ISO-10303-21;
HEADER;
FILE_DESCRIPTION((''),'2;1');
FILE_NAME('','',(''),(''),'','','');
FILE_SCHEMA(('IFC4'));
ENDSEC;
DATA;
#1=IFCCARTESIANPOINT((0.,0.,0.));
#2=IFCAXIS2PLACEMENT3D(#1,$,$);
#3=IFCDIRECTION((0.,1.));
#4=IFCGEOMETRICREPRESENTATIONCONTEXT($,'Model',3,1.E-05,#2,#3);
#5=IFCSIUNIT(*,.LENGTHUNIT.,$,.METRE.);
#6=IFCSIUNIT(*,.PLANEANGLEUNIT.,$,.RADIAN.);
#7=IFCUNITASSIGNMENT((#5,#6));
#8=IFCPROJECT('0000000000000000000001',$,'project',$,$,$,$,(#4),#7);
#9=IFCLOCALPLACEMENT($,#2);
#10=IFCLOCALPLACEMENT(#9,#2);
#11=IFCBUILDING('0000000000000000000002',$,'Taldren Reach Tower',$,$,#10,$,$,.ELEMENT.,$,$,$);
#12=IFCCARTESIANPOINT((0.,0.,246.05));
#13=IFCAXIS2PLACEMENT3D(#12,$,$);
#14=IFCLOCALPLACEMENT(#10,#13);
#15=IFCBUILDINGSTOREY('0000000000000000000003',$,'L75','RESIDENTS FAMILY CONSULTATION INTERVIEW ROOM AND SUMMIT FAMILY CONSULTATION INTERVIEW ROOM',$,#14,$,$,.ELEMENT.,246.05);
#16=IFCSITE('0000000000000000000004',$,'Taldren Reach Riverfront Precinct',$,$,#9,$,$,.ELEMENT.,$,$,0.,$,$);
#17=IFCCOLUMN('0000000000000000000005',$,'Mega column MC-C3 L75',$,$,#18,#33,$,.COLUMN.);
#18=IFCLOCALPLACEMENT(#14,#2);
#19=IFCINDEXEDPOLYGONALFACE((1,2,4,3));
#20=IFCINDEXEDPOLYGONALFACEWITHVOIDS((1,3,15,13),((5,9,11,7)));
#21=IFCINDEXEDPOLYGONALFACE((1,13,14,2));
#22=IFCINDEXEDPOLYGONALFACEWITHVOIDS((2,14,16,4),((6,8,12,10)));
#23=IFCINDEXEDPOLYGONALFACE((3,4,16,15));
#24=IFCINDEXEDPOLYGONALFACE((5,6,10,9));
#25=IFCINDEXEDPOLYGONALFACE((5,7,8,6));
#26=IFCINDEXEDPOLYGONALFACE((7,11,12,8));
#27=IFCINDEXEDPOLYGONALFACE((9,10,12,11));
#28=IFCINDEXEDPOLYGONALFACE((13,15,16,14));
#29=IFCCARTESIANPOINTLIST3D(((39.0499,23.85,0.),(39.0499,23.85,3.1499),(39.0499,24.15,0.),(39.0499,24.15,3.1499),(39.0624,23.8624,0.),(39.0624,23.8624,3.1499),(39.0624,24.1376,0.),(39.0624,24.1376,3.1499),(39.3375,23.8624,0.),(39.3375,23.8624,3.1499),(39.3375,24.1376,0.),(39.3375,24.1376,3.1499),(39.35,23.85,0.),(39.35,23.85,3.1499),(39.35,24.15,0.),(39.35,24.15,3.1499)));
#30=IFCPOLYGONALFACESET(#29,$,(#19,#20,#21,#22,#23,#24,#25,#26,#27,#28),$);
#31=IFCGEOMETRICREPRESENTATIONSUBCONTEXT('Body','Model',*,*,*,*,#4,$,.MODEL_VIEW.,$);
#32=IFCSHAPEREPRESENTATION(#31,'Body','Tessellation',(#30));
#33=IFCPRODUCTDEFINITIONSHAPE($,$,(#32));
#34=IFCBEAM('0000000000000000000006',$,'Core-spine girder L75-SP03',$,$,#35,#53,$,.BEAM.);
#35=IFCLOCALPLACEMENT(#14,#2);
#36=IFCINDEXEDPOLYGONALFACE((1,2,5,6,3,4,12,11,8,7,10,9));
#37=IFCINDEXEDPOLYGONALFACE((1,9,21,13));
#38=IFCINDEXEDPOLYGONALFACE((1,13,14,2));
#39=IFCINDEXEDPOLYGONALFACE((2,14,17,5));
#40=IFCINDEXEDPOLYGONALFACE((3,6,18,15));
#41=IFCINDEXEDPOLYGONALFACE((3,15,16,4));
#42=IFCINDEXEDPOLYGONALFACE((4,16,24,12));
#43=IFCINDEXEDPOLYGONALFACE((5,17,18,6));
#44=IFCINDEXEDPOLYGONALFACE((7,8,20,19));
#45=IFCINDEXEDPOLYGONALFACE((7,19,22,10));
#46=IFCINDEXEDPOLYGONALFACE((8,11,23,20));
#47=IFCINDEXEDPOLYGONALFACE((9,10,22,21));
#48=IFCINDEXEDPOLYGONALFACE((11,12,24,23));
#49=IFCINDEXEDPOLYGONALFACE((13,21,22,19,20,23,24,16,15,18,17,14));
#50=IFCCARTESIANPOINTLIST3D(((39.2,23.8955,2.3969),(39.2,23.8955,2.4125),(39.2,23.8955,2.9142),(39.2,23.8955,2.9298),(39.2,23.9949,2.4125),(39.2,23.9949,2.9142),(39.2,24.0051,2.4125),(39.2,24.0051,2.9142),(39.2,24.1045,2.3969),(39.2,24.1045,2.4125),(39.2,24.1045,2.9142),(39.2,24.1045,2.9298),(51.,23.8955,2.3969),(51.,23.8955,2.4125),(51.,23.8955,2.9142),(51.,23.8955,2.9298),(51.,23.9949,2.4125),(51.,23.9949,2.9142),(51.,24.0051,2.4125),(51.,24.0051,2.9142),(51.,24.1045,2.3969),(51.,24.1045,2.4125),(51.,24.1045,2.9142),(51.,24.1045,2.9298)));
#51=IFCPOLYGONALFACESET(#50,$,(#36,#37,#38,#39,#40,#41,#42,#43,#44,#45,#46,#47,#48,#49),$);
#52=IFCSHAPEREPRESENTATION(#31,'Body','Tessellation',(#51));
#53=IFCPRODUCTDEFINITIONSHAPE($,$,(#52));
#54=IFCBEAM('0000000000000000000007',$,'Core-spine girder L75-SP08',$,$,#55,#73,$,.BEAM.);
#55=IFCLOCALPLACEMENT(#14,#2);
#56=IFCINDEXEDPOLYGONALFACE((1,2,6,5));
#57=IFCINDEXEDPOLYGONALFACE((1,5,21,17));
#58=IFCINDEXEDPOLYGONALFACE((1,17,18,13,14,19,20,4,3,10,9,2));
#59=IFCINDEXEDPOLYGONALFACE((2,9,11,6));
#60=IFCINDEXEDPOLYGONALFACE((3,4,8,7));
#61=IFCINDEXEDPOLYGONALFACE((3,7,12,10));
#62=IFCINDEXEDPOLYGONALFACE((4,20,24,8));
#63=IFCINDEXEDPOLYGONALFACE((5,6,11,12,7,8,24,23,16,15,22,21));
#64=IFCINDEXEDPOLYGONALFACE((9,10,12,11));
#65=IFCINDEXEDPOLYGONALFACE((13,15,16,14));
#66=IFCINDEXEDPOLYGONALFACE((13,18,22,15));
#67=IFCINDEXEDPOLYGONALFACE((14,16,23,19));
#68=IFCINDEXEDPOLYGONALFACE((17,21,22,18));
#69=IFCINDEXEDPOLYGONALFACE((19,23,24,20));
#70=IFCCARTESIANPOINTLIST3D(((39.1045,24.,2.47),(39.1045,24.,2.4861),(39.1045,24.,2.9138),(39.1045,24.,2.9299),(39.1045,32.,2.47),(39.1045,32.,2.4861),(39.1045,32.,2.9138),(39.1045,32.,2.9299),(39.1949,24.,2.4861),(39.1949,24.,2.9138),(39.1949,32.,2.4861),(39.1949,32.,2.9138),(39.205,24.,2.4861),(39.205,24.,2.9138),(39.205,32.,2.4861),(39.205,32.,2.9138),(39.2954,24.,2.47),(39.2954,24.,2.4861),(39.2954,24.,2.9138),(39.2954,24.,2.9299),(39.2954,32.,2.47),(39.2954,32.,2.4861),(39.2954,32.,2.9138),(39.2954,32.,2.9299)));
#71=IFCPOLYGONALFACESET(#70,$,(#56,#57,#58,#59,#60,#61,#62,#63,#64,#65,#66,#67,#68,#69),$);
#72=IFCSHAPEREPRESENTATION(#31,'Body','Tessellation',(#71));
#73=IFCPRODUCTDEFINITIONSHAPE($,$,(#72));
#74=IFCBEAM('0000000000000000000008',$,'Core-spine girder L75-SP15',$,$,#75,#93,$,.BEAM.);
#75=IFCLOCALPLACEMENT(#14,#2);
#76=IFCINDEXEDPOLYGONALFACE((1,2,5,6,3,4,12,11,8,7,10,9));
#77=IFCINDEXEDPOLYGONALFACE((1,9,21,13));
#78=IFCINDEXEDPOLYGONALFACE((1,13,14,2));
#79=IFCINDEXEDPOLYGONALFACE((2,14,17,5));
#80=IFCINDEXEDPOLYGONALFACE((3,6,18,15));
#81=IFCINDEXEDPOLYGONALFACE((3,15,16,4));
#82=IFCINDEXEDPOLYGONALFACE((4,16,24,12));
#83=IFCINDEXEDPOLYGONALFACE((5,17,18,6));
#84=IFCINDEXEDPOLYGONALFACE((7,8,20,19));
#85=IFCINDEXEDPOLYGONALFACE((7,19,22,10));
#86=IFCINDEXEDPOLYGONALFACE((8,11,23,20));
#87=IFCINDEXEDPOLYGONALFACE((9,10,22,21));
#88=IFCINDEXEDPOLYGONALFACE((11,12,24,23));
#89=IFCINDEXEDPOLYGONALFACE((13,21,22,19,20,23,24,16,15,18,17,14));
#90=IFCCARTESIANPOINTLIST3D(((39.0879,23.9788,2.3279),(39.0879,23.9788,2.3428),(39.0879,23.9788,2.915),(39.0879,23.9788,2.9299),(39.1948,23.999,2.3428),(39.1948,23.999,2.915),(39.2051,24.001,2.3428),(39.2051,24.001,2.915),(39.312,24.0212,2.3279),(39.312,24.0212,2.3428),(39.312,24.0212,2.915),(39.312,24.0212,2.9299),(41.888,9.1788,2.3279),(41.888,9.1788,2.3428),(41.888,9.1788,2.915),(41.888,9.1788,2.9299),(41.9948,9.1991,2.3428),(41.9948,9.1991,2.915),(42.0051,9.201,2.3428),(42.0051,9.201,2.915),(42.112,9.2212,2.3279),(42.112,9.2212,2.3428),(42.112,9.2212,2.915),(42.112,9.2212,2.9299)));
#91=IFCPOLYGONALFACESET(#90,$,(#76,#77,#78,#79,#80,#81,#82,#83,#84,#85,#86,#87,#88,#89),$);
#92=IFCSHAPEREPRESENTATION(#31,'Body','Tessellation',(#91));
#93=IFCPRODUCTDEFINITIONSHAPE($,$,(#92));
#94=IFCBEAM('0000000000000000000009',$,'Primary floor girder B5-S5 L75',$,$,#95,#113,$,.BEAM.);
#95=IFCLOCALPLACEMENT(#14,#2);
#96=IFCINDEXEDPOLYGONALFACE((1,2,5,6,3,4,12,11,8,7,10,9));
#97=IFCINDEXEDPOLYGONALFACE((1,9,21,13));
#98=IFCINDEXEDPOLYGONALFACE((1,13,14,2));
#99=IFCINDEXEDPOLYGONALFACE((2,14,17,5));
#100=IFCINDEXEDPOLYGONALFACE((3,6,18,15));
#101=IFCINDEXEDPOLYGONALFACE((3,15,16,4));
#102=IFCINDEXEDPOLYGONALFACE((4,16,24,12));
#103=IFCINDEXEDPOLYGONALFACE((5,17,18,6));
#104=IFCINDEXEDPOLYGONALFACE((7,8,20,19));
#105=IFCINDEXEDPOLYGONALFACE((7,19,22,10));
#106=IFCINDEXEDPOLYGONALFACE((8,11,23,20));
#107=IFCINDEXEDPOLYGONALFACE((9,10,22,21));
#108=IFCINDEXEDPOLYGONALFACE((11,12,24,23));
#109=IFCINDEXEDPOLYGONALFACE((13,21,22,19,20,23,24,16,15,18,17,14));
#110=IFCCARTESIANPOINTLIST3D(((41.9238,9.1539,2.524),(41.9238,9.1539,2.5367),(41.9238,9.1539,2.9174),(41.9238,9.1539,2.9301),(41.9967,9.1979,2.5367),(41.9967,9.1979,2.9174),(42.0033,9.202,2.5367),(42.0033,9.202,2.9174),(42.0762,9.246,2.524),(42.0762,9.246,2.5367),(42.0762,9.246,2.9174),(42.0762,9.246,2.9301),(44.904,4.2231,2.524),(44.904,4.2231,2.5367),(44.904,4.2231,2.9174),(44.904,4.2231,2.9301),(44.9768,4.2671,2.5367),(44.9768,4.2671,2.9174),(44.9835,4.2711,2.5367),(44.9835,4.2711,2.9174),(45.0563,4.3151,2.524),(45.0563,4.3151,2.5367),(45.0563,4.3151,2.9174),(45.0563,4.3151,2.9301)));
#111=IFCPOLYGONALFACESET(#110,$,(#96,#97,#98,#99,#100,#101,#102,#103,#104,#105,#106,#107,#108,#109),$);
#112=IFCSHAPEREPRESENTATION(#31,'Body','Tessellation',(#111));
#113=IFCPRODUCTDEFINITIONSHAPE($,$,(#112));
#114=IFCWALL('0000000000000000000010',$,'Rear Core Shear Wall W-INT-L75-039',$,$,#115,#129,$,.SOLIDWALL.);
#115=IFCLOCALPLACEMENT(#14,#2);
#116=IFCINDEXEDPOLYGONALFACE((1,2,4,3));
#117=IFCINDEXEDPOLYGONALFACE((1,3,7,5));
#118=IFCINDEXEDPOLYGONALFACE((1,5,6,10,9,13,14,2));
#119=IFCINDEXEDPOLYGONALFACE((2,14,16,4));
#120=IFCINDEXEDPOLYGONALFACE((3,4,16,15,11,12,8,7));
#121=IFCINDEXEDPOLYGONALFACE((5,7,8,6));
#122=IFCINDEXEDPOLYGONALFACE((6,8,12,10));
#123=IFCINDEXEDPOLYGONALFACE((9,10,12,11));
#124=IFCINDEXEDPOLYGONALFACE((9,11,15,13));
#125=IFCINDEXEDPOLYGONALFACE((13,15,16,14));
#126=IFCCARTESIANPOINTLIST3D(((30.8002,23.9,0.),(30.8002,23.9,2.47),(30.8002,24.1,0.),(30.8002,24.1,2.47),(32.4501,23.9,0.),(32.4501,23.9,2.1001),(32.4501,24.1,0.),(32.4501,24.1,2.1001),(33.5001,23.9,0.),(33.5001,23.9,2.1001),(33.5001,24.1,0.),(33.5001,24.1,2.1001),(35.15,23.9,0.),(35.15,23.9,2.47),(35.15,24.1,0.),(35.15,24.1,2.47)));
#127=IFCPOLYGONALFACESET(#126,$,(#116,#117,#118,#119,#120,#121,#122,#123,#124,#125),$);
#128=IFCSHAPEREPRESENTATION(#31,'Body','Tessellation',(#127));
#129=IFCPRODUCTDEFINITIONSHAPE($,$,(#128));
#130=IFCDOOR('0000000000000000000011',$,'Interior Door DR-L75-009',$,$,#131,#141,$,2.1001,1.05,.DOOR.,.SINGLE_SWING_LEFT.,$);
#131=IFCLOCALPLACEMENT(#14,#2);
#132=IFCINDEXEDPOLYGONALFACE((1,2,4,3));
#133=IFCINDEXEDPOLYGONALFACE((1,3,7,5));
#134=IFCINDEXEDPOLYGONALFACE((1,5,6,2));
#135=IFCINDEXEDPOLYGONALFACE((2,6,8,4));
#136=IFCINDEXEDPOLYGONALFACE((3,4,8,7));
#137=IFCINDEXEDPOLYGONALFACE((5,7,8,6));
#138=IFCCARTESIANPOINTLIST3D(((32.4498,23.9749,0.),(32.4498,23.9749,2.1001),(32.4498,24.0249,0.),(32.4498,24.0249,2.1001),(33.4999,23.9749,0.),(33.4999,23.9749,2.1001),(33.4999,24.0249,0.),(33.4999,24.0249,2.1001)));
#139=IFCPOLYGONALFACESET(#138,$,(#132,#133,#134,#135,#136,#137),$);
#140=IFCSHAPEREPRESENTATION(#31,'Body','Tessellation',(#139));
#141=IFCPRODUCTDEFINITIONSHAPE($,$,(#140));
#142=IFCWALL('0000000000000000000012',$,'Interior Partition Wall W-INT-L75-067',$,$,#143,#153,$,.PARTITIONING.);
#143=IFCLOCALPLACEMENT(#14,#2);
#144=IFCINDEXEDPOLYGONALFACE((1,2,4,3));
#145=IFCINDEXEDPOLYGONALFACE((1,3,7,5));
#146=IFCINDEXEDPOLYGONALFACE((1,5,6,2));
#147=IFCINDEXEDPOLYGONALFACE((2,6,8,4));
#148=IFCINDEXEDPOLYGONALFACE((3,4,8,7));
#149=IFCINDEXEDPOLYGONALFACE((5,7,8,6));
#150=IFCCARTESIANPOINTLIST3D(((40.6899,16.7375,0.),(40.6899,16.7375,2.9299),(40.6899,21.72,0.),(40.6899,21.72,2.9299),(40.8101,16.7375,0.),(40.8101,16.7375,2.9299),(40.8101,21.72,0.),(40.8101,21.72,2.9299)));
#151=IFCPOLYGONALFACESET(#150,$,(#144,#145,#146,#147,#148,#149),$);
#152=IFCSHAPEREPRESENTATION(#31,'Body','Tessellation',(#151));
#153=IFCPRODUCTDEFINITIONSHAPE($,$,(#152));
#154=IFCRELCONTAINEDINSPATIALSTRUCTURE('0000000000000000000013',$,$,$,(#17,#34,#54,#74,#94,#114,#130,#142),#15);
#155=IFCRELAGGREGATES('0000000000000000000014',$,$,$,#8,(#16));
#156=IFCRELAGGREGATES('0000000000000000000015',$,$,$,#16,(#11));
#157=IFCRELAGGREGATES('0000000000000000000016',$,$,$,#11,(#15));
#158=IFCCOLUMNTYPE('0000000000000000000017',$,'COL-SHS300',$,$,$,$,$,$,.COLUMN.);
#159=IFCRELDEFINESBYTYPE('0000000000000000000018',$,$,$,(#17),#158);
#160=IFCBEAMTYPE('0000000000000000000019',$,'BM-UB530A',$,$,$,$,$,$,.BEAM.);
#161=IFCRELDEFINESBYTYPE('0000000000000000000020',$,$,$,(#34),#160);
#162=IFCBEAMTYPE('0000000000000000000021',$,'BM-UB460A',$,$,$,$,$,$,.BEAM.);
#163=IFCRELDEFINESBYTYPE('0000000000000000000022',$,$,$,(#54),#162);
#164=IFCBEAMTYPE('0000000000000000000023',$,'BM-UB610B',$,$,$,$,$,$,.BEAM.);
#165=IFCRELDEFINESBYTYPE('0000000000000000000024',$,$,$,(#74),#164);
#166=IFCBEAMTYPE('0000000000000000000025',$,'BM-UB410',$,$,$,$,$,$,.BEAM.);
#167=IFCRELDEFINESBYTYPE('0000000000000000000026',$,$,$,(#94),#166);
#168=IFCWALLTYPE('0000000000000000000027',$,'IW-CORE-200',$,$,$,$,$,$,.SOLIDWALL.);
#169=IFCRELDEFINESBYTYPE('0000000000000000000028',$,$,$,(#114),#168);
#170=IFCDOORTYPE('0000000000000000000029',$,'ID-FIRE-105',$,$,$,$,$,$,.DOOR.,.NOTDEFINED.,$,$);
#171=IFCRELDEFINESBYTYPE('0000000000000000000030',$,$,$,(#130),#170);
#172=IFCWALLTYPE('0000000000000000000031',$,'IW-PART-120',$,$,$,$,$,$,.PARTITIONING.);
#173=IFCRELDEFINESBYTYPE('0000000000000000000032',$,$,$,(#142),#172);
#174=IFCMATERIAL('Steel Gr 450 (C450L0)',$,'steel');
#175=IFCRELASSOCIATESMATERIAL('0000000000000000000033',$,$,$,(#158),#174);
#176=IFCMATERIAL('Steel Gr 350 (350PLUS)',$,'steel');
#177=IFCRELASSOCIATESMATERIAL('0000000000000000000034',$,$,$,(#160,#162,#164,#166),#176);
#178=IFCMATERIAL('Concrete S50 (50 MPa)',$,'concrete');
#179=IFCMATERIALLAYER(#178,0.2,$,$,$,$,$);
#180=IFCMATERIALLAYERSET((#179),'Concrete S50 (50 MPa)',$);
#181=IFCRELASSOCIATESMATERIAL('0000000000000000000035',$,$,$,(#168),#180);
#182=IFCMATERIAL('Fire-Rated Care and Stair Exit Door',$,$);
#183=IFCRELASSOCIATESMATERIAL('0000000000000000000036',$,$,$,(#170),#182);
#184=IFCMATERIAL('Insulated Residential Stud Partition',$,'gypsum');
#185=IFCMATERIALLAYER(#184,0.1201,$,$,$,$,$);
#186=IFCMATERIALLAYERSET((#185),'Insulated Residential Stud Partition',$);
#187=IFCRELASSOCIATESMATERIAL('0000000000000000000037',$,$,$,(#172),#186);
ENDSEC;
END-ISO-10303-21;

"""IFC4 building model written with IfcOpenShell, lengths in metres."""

from ifc_helpers import new_model, si_unit, direction, frame, frame_2d, origin, origin_2d, place, context, subcontext, project, spatial, rectangle, hollow_rectangle, i_section, extrude, source, transform, mapped, material, layer, layer_set, material_profile, profile_set, type_object, element, fill, save


model = new_model("IFC4")

# Units and contexts
model_context = context("Model", 3, precision=1e-05, world=origin(), true_north=direction((0.0, 1.0)))
body_context = subcontext(model_context, "Body", "Model", "MODEL_VIEW")
ifc_project = project(units=[si_unit("LENGTHUNIT", "METRE"), si_unit("PLANEANGLEUNIT", "RADIAN")], contexts=[model_context])

# Site, building, storey
site_placement = place(None, origin())
site = spatial("IfcSite", under=ifc_project, at=site_placement, Name="Taldren Reach Riverfront Precinct", CompositionType="ELEMENT", RefElevation=0.0)
building_placement = place(site_placement, origin())
building = spatial("IfcBuilding", under=site, at=building_placement, Name="Taldren Reach Tower", CompositionType="ELEMENT")
storey_placement = place(building_placement, frame((0.0, 0.0, 246.05)))
storey = spatial("IfcBuildingStorey", under=building, at=storey_placement, Name="L75", Description="RESIDENTS FAMILY CONSULTATION INTERVIEW ROOM AND SUMMIT FAMILY CONSULTATION INTERVIEW ROOM", CompositionType="ELEMENT", Elevation=246.05)

# Column
ifc_material_1 = material(Name="Steel Gr 450 (C450L0)", Category="steel")
ifc_material_profile_1 = material_profile(ifc_material_1, hollow_rectangle(XDim=0.3, YDim=0.3, WallThickness=0.0125, at=origin_2d()), Name="300x300x12.5SHS")
ifc_profile_set_1 = profile_set([ifc_material_profile_1], Name="Steel Gr 450 (C450L0)")
column_type = type_object("IfcColumnType", Name="COL-SHS300", PredefinedType="COLUMN", material=ifc_profile_set_1)
shared_shape_1 = source(origin(), body_context, "Body", "SweptSolid", [
    extrude(hollow_rectangle(XDim=0.3, YDim=0.3, WallThickness=0.0125, at=origin_2d()), origin(), (0.0, 0.0, 1.0), 3.1499),
])
column_placement = place(storey_placement, frame((39.2, 24.0, 0.0), z_axis=(0.0, 0.0, 1.0), x_axis=(1.0, 0.0, 0.0)))
element("IfcColumn", 1, at=column_placement, inside=storey, type_object=column_type, Name="Mega column MC-C3 L75", PredefinedType="COLUMN", context=body_context, shape_type="MappedRepresentation", body=[
    mapped(shared_shape_1, transform((0.0, 0.0, 0.0), scale=1.0)),
])

# Beams
ifc_material_2 = material(Name="Steel Gr 350 (350PLUS)", Category="steel")
ifc_material_profile_2 = material_profile(ifc_material_2, i_section(OverallWidth=0.209, OverallDepth=0.533, WebThickness=0.0103, FlangeThickness=0.0156, at=origin_2d()), Name="530UB92.4")
ifc_profile_set_2 = profile_set([ifc_material_profile_2], Name="Steel Gr 350 (350PLUS)")
beam_type_1 = type_object("IfcBeamType", Name="BM-UB530A", PredefinedType="BEAM", material=ifc_profile_set_2)
shared_shape_2 = source(origin(), body_context, "Body", "SweptSolid", [
    extrude(i_section(OverallWidth=0.209, OverallDepth=0.533, WebThickness=0.0103, FlangeThickness=0.0156, at=origin_2d()), origin(), (0.0, 0.0, 1.0), 11.8),
])
beam_1_placement = place(storey_placement, frame((39.2, 24.0, 2.6633), z_axis=(1.0, 0.0, 0.0), x_axis=(0.0, 1.0, 0.0)))
element("IfcBeam", 2, at=beam_1_placement, inside=storey, type_object=beam_type_1, Name="Core-spine girder L75-SP03", PredefinedType="BEAM", context=body_context, shape_type="MappedRepresentation", body=[
    mapped(shared_shape_2, transform((0.0, 0.0, 0.0), scale=1.0)),
])
ifc_material_profile_3 = material_profile(ifc_material_2, i_section(OverallWidth=0.1909, OverallDepth=0.46, WebThickness=0.01, FlangeThickness=0.0161, at=origin_2d()), Name="460UB82.1")
ifc_profile_set_3 = profile_set([ifc_material_profile_3], Name="Steel Gr 350 (350PLUS)")
beam_type_2 = type_object("IfcBeamType", Name="BM-UB460A", PredefinedType="BEAM", material=ifc_profile_set_3)
shared_shape_3 = source(origin(), body_context, "Body", "SweptSolid", [
    extrude(i_section(OverallWidth=0.1909, OverallDepth=0.46, WebThickness=0.01, FlangeThickness=0.0161, at=origin_2d()), origin(), (0.0, 0.0, 1.0), 8.0),
])
beam_2_placement = place(storey_placement, frame((39.2, 24.0, 2.7), z_axis=(0.0, 1.0, 0.0), x_axis=(-1.0, 0.0, 0.0)))
element("IfcBeam", 3, at=beam_2_placement, inside=storey, type_object=beam_type_2, Name="Core-spine girder L75-SP08", PredefinedType="BEAM", context=body_context, shape_type="MappedRepresentation", body=[
    mapped(shared_shape_3, transform((0.0, 0.0, 0.0), scale=1.0)),
])
ifc_material_profile_4 = material_profile(ifc_material_2, i_section(OverallWidth=0.228, OverallDepth=0.6021, WebThickness=0.0105, FlangeThickness=0.0149, at=origin_2d()), Name="610UB101")
ifc_profile_set_4 = profile_set([ifc_material_profile_4], Name="Steel Gr 350 (350PLUS)")
beam_type_3 = type_object("IfcBeamType", Name="BM-UB610B", PredefinedType="BEAM", material=ifc_profile_set_4)
shared_shape_4 = source(origin(), body_context, "Body", "SweptSolid", [
    extrude(i_section(OverallWidth=0.228, OverallDepth=0.6021, WebThickness=0.0105, FlangeThickness=0.0149, at=origin_2d()), origin(), (0.0, 0.0, 1.0), 15.0625),
])
beam_3_placement = place(storey_placement, frame((39.2, 24.0, 2.6289), z_axis=(0.185894, -0.98257, 0.0), x_axis=(0.98257, 0.185894, 0.0)))
element("IfcBeam", 4, at=beam_3_placement, inside=storey, type_object=beam_type_3, Name="Core-spine girder L75-SP15", PredefinedType="BEAM", context=body_context, shape_type="MappedRepresentation", body=[
    mapped(shared_shape_4, transform((0.0, 0.0, 0.0), scale=1.0)),
])
ifc_material_profile_5 = material_profile(ifc_material_2, i_section(OverallWidth=0.178, OverallDepth=0.406, WebThickness=0.0078, FlangeThickness=0.0127, at=origin_2d()), Name="410UB59.7")
ifc_profile_set_5 = profile_set([ifc_material_profile_5], Name="Steel Gr 350 (350PLUS)")
beam_type_4 = type_object("IfcBeamType", Name="BM-UB410", PredefinedType="BEAM", material=ifc_profile_set_5)
shared_shape_5 = source(origin(), body_context, "Body", "SweptSolid", [
    extrude(i_section(OverallWidth=0.178, OverallDepth=0.406, WebThickness=0.0078, FlangeThickness=0.0127, at=origin_2d()), origin(), (0.0, 0.0, 1.0), 5.7615),
])
beam_4_placement = place(storey_placement, frame((42.0, 9.2, 2.7271), z_axis=(0.51726, -0.855828, 0.0), x_axis=(0.855828, 0.51726, 0.0)))
element("IfcBeam", 5, at=beam_4_placement, inside=storey, type_object=beam_type_4, Name="Primary floor girder B5-S5 L75", PredefinedType="BEAM", context=body_context, shape_type="MappedRepresentation", body=[
    mapped(shared_shape_5, transform((0.0, 0.0, 0.0), scale=1.0)),
])

# Wall, opening, door
ifc_material_3 = material(Name="Concrete S50 (50 MPa)", Category="concrete")
ifc_layer_1 = layer(ifc_material_3, 0.2)
ifc_layer_set_1 = layer_set([ifc_layer_1], Name="Concrete S50 (50 MPa)")
wall_type_1 = type_object("IfcWallType", Name="IW-CORE-200", PredefinedType="SOLIDWALL", material=ifc_layer_set_1)
shared_shape_6 = source(origin(), body_context, "Body", "SweptSolid", [
    extrude(rectangle(XDim=4.3499, YDim=0.2, at=frame_2d((2.1748, 0.0))), origin(), (0.0, 0.0, 1.0), 2.47),
])
wall_1_placement = place(storey_placement, frame((35.1499, 24.0, 0.0), z_axis=(0.0, 0.0, 1.0), x_axis=(-1.0, 0.0, 0.0)))
wall_1 = element("IfcWall", 6, at=wall_1_placement, inside=storey, type_object=wall_type_1, Name="Rear Core Shear Wall W-INT-L75-039", PredefinedType="SOLIDWALL", context=body_context, shape_type="MappedRepresentation", body=[
    mapped(shared_shape_6, transform((0.0, 0.0, 0.0), scale=1.0)),
])
shared_shape_7 = source(origin(), body_context, "Body", "SweptSolid", [
    extrude(rectangle(XDim=1.05, YDim=2.1001, at=frame_2d((0.5249, 1.05))), frame((0.0, 0.1099, 0.0), z_axis=(0.0, -1.0, 0.0), x_axis=(1.0, 0.0, 0.0)), (0.0, 0.0, 1.0), 0.22),
])
opening_1_placement = place(wall_1_placement, frame((1.6499, 0.0, 0.0)))
opening_1 = element("IfcOpeningElement", 7, at=opening_1_placement, cuts=wall_1, PredefinedType="OPENING", context=body_context, shape_type="MappedRepresentation", body=[
    mapped(shared_shape_7, transform((0.0, 0.0, 0.0), scale=1.0)),
])
ifc_material_4 = material(Name="Fire-Rated Care and Stair Exit Door")
door_type_1 = type_object("IfcDoorType", Name="ID-FIRE-105", OperationType="NOTDEFINED", PredefinedType="DOOR", material=ifc_material_4)
shared_shape_8 = source(origin(), body_context, "Body", "SweptSolid", [
    extrude(rectangle(XDim=1.05, YDim=2.1001, at=frame_2d((0.5249, 1.05))), frame((0.0, 0.0249, 0.0), z_axis=(0.0, -1.0, 0.0), x_axis=(1.0, 0.0, 0.0)), (0.0, 0.0, 1.0), 0.05),
])
door_1_placement = place(opening_1_placement, frame((1.05, 0.0, 0.0), z_axis=(0.0, 0.0, 1.0), x_axis=(-1.0, 0.0, 0.0)))
door_1 = element("IfcDoor", 8, at=door_1_placement, inside=storey, type_object=door_type_1, Name="Interior Door DR-L75-009", OperationType="SINGLE_SWING_LEFT", OverallHeight=2.1001, OverallWidth=1.05, PredefinedType="DOOR", context=body_context, shape_type="MappedRepresentation", body=[
    mapped(shared_shape_8, transform((0.0, 0.0, 0.0), scale=1.0)),
])
fill(opening_1, door_1)

# Wall
ifc_material_5 = material(Name="Insulated Residential Stud Partition", Category="gypsum")
ifc_layer_2 = layer(ifc_material_5, 0.1201)
ifc_layer_set_2 = layer_set([ifc_layer_2], Name="Insulated Residential Stud Partition")
wall_type_2 = type_object("IfcWallType", Name="IW-PART-120", PredefinedType="PARTITIONING", material=ifc_layer_set_2)
shared_shape_9 = source(origin(), body_context, "Body", "SweptSolid", [
    extrude(rectangle(XDim=4.9824, YDim=0.1201, at=frame_2d((2.4912, 0.0))), origin(), (0.0, 0.0, 1.0), 2.9299),
])
wall_2_placement = place(storey_placement, frame((40.75, 21.72, 0.0), z_axis=(0.0, 0.0, 1.0), x_axis=(0.0, -1.0, 0.0)))
element("IfcWall", 9, at=wall_2_placement, inside=storey, type_object=wall_type_2, Name="Interior Partition Wall W-INT-L75-067", PredefinedType="PARTITIONING", context=body_context, shape_type="MappedRepresentation", body=[
    mapped(shared_shape_9, transform((0.0, 0.0, 0.0), scale=1.0)),
])

save(model, "model.ifc")
